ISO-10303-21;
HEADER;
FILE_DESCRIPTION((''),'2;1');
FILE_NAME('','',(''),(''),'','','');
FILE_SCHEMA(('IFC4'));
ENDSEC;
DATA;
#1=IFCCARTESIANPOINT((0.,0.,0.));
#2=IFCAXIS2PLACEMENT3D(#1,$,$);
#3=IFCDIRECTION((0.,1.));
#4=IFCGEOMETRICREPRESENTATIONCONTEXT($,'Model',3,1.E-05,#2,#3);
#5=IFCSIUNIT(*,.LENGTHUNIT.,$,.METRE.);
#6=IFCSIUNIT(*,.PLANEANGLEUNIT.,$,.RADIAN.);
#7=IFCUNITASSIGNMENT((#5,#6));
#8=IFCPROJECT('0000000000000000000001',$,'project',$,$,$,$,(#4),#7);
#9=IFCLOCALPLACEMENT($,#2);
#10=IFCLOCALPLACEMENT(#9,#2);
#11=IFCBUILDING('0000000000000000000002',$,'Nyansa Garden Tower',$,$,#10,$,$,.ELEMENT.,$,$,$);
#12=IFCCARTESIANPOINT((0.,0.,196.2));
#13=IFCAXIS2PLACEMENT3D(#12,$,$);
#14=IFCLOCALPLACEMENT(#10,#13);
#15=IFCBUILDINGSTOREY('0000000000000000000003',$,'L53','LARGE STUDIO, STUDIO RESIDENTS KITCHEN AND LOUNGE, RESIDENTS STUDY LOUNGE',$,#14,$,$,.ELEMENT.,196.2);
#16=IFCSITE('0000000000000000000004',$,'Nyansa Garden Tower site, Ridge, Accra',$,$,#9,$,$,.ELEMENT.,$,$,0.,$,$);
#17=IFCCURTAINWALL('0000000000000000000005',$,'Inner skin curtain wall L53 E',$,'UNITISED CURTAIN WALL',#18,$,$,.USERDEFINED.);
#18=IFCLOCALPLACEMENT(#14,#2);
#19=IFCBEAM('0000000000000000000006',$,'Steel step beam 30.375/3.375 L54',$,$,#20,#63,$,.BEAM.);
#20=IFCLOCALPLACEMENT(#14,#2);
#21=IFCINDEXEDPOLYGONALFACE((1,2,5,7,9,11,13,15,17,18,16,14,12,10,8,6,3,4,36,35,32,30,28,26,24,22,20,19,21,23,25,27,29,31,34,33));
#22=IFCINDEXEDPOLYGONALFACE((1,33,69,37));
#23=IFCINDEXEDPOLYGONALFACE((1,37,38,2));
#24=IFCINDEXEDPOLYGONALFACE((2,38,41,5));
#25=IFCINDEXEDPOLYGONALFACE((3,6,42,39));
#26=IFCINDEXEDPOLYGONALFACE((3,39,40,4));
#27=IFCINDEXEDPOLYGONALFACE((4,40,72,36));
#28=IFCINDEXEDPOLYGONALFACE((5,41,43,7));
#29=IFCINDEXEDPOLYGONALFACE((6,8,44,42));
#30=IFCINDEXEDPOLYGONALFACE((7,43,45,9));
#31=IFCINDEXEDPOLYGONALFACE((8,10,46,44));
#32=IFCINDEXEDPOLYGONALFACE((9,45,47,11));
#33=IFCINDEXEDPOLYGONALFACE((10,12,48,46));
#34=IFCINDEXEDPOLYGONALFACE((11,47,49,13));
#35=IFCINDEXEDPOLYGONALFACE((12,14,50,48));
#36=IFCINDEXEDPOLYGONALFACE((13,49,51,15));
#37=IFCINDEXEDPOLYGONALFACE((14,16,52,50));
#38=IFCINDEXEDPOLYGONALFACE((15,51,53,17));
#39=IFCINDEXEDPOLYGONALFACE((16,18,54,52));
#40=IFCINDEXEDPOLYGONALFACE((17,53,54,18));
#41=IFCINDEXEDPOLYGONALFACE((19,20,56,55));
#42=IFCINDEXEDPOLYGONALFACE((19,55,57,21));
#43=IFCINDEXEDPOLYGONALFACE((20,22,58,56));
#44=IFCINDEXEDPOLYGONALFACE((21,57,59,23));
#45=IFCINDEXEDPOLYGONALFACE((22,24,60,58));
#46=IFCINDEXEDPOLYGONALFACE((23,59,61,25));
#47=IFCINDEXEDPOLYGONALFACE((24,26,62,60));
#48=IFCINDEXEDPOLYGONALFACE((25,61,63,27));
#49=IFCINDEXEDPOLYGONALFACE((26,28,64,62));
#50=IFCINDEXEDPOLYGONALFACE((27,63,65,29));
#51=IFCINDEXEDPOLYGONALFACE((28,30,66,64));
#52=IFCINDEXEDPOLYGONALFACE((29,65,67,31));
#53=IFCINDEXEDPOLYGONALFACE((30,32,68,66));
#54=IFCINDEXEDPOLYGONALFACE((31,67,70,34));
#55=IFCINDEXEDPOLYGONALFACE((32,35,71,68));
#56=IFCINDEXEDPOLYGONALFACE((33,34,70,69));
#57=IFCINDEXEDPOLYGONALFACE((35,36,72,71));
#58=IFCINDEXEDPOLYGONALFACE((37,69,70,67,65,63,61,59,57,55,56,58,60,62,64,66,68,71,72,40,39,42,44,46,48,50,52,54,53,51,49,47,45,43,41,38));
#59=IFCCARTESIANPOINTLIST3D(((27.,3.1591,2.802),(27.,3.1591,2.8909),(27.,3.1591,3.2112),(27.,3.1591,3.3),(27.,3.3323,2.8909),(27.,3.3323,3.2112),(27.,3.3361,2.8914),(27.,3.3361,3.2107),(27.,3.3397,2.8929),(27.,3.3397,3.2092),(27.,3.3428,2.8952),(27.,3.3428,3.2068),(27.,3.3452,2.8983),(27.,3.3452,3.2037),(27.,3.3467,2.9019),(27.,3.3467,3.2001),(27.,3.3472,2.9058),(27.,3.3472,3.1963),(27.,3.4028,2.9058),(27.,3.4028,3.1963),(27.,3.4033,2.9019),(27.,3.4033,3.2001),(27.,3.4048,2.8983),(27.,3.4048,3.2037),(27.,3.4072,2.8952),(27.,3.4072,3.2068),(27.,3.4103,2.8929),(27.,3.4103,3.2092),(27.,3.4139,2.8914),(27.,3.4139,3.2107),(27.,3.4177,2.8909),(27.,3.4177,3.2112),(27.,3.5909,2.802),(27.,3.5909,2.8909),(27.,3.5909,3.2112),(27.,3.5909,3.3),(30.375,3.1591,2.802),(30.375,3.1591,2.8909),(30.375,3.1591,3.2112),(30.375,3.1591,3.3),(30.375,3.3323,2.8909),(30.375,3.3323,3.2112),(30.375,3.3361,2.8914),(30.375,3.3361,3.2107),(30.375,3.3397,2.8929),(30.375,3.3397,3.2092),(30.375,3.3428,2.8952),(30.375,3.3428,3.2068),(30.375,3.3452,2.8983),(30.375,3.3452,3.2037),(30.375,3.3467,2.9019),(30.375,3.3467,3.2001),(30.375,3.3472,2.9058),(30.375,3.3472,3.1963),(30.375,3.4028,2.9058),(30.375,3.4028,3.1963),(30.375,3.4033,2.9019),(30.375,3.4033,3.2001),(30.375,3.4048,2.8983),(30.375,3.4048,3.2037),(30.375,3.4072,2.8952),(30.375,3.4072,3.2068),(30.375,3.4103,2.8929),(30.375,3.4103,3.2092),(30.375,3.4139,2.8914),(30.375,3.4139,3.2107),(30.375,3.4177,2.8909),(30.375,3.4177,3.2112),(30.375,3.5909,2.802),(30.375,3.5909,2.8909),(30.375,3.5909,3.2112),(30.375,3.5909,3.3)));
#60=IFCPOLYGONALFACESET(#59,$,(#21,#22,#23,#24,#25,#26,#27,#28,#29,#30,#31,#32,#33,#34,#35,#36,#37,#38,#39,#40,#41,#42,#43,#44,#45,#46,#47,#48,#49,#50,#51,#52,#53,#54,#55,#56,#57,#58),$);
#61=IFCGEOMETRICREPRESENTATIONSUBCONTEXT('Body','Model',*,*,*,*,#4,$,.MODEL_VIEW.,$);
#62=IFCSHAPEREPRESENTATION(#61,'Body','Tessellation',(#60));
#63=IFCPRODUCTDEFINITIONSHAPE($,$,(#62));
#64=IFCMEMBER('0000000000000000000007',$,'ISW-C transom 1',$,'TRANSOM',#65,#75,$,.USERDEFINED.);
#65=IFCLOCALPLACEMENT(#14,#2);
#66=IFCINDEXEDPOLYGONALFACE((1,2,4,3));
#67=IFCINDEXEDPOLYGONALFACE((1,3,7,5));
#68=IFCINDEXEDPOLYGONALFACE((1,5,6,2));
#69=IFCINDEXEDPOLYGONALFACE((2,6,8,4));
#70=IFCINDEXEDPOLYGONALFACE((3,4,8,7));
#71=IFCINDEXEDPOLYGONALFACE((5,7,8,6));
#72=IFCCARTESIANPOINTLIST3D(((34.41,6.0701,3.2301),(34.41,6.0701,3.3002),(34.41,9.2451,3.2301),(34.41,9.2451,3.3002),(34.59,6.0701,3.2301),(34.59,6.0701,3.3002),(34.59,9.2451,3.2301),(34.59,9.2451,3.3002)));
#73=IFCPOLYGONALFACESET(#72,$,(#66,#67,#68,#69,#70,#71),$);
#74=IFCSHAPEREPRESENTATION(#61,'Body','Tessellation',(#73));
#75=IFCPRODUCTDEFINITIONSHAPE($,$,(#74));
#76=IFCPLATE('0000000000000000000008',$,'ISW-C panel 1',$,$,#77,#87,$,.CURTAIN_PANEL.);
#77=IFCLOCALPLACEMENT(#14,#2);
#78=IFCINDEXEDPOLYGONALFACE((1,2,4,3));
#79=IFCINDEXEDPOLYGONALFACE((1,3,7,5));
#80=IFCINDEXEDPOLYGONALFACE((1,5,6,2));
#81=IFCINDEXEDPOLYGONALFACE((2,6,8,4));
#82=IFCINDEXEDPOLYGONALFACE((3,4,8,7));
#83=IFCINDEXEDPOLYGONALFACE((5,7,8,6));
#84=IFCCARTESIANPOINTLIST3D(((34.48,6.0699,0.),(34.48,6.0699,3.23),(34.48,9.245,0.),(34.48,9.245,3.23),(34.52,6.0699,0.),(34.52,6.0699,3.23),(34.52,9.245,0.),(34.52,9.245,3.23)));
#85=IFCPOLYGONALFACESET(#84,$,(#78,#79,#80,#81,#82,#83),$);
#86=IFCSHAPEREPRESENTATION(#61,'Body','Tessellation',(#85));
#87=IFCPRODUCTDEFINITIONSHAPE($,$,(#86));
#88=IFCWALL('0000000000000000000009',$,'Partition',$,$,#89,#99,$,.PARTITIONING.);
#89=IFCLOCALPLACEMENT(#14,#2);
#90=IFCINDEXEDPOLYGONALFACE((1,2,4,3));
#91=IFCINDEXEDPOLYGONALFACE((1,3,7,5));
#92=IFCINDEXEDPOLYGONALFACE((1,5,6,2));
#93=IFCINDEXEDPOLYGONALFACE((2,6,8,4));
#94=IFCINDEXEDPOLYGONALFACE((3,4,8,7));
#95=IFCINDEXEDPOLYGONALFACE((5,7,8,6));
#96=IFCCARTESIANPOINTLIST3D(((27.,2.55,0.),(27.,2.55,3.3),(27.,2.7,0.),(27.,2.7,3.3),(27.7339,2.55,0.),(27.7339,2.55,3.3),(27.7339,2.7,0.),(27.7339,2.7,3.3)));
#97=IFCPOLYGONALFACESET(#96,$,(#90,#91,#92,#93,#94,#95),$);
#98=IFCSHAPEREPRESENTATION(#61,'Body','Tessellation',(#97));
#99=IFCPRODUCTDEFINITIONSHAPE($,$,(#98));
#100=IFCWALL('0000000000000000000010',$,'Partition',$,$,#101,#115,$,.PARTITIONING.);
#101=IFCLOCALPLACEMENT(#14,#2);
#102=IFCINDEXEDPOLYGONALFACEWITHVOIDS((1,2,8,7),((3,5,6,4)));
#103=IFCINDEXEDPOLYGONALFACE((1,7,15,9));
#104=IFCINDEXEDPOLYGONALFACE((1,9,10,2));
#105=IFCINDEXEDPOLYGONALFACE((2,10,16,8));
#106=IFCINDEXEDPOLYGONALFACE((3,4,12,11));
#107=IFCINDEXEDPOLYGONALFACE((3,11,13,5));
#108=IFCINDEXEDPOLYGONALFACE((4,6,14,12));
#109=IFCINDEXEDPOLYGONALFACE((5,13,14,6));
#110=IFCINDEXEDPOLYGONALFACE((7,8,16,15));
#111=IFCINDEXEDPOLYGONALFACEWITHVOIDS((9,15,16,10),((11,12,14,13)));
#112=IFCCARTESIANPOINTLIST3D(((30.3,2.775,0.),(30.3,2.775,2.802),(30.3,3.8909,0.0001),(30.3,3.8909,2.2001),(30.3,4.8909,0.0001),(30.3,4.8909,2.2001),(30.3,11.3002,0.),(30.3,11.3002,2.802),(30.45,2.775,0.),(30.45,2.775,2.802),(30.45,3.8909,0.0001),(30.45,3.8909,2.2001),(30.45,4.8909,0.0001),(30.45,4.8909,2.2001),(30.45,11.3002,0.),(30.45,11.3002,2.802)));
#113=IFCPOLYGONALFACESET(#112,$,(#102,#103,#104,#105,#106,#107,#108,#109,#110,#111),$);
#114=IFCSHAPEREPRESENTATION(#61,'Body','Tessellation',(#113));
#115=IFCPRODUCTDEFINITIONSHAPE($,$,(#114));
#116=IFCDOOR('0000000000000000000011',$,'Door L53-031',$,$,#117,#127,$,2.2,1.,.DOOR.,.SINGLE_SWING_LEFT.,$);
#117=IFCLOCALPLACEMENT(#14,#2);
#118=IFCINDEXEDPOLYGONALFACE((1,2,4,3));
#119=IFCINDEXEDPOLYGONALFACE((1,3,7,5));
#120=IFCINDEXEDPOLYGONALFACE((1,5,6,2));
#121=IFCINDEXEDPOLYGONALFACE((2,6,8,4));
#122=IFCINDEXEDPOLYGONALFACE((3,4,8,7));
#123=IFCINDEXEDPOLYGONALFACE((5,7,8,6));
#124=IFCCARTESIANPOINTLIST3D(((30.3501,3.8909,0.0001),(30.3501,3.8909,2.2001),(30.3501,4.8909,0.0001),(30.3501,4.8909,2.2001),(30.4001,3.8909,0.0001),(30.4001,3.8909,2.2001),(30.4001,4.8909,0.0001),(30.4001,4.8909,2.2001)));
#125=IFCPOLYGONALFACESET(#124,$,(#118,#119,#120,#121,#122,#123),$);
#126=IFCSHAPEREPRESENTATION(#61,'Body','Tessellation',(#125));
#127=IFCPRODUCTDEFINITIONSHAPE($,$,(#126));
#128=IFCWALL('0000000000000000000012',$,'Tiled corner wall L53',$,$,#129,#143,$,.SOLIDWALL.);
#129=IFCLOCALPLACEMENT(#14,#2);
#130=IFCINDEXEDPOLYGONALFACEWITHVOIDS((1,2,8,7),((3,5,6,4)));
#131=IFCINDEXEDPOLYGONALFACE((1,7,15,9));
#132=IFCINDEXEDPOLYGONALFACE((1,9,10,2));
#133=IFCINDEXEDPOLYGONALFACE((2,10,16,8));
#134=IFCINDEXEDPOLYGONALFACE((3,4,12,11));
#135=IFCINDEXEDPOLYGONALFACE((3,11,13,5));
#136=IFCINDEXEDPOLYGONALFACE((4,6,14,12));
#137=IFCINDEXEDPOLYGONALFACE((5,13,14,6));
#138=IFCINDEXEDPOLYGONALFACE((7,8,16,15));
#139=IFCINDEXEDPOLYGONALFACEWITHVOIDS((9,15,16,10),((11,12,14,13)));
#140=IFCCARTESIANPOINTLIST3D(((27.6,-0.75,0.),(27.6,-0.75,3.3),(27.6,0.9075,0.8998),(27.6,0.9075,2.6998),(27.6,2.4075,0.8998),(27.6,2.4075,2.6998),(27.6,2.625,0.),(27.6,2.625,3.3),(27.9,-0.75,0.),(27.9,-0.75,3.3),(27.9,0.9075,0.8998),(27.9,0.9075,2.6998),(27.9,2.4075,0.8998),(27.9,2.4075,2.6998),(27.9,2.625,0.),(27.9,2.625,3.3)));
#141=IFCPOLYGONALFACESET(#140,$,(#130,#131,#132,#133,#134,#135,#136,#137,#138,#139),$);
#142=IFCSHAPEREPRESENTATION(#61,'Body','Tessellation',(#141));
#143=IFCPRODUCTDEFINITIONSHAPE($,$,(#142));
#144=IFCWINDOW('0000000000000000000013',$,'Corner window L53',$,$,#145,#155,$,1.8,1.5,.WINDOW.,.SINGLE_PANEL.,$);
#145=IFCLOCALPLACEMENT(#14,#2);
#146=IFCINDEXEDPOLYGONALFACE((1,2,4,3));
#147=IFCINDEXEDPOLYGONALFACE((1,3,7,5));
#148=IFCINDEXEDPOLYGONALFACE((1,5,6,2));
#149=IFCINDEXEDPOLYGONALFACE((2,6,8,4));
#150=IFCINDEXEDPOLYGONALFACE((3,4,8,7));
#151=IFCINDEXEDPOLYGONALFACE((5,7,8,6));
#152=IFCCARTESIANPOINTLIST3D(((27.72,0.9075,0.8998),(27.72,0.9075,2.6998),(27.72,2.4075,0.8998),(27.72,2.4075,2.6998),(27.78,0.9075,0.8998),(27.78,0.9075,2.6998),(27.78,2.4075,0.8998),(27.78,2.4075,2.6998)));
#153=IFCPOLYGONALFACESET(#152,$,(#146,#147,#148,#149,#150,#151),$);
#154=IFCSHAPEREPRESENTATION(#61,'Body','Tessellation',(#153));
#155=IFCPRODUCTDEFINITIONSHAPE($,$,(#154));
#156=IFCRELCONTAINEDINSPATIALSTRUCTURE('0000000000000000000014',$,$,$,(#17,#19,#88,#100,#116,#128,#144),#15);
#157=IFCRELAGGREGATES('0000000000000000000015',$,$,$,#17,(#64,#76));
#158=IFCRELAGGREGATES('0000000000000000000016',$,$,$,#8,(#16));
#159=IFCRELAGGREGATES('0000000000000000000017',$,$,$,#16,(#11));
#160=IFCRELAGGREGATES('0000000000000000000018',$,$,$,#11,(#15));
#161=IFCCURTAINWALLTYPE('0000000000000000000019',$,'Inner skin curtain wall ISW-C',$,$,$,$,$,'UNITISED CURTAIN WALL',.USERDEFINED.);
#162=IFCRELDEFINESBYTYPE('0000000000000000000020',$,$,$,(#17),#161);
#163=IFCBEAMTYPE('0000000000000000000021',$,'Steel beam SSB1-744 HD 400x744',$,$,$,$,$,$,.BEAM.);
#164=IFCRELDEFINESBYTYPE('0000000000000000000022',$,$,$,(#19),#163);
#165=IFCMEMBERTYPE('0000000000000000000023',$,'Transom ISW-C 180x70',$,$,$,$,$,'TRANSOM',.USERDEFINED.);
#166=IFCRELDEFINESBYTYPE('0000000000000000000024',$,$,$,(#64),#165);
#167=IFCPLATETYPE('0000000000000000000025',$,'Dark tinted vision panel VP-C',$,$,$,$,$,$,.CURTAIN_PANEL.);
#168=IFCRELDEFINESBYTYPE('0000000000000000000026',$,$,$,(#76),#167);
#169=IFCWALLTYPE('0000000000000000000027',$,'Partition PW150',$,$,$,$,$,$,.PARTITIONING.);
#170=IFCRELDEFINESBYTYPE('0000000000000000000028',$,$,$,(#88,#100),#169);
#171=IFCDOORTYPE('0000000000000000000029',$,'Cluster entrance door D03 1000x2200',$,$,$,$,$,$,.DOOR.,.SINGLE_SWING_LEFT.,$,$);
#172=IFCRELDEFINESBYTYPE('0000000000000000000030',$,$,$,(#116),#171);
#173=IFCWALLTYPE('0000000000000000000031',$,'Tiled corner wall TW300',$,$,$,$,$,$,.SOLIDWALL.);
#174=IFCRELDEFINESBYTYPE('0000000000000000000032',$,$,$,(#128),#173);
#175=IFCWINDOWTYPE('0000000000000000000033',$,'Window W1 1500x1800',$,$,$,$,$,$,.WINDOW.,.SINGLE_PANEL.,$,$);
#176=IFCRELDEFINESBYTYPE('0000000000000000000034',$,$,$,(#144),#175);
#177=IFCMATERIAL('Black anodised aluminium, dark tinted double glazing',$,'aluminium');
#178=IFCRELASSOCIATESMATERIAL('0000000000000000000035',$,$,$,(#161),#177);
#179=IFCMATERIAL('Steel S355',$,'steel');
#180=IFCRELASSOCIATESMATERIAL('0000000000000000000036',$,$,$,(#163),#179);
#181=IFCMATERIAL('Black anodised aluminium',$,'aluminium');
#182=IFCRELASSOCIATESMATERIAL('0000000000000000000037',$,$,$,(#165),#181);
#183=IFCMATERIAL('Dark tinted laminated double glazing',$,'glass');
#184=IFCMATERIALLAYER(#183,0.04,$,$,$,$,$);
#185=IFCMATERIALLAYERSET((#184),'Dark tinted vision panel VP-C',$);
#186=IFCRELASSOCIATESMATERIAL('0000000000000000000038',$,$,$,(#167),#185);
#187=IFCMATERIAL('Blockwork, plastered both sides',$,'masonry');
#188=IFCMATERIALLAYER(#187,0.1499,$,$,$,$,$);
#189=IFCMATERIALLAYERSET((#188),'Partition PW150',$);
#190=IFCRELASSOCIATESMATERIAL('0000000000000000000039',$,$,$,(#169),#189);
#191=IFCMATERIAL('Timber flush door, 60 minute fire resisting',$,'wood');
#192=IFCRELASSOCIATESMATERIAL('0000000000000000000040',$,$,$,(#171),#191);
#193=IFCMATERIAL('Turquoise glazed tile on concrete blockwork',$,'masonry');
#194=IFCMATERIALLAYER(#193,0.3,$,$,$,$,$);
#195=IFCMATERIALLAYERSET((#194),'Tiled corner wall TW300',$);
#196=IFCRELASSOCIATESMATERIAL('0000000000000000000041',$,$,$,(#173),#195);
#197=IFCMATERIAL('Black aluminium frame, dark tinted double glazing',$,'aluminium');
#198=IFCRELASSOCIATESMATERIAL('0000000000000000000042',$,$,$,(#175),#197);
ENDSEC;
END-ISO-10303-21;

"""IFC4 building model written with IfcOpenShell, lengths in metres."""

from ifc_helpers import new_model, si_unit, direction, frame, frame_2d, origin, origin_2d, place, context, subcontext, project, spatial, rectangle, i_section, extrude, material, layer, layer_set, material_profile, profile_set, type_object, element, fill, aggregate, save


model = new_model("IFC4")

# Units and contexts
model_context = context("Model", 3, precision=1e-05, world=origin(), true_north=direction((0.0, 1.0)))
body_context = subcontext(model_context, "Body", "Model", "MODEL_VIEW")
ifc_project = project(units=[si_unit("LENGTHUNIT", "METRE"), si_unit("PLANEANGLEUNIT", "RADIAN")], contexts=[model_context])

# Site, building, storey
site_placement = place(None, origin())
site = spatial("IfcSite", under=ifc_project, at=site_placement, Name="Nyansa Garden Tower site, Ridge, Accra", CompositionType="ELEMENT", RefElevation=0.0)
building_placement = place(site_placement, origin())
building = spatial("IfcBuilding", under=site, at=building_placement, Name="Nyansa Garden Tower", CompositionType="ELEMENT")
storey_placement = place(building_placement, frame((0.0, 0.0, 196.2)))
storey = spatial("IfcBuildingStorey", under=building, at=storey_placement, Name="L53", Description="LARGE STUDIO, STUDIO RESIDENTS KITCHEN AND LOUNGE, RESIDENTS STUDY LOUNGE", CompositionType="ELEMENT", Elevation=196.2)

# Curtain wall
ifc_material_1 = material(Name="Black anodised aluminium, dark tinted double glazing", Category="aluminium")
curtain_wall_type = type_object("IfcCurtainWallType", Name="Inner skin curtain wall ISW-C", ElementType="UNITISED CURTAIN WALL", PredefinedType="USERDEFINED", material=ifc_material_1)
curtain_wall_placement = place(storey_placement, origin())
curtain_wall = element("IfcCurtainWall", 1, at=curtain_wall_placement, inside=storey, type_object=curtain_wall_type, Name="Inner skin curtain wall L53 E", ObjectType="UNITISED CURTAIN WALL", PredefinedType="USERDEFINED")

# Beam
ifc_material_2 = material(Name="Steel S355", Category="steel")
ifc_material_profile_1 = material_profile(ifc_material_2, i_section(OverallWidth=0.4319, OverallDepth=0.498, WebThickness=0.0557, FlangeThickness=0.0889, FilletRadius=0.0149, at=origin_2d()), Name="HD 400x744")
ifc_profile_set_1 = profile_set([ifc_material_profile_1], Name="Steel S355")
beam_type_1 = type_object("IfcBeamType", Name="Steel beam SSB1-744 HD 400x744", PredefinedType="BEAM", material=ifc_profile_set_1)
for number, where, z_axis, x_axis, name in (
    (2, (30.375, 3.375, 3.051), (-1.0, 0.0, 0.0), (0.0, -1.0, 0.0), "Steel step beam 30.375/3.375 L54"),
):
    element("IfcBeam", number, at=place(storey_placement, frame(where, z_axis=z_axis, x_axis=x_axis)), inside=storey, type_object=beam_type_1, Name=name, PredefinedType="BEAM", context=body_context, shape_type="SweptSolid", body=[
        extrude(i_section(OverallWidth=0.4319, OverallDepth=0.498, WebThickness=0.0557, FlangeThickness=0.0889, FilletRadius=0.0149, at=origin_2d()), origin(), (0.0, 0.0, 1.0), 3.375),
    ])

# Member
ifc_material_3 = material(Name="Black anodised aluminium", Category="aluminium")
ifc_material_profile_2 = material_profile(ifc_material_3, rectangle(XDim=0.1799, YDim=0.0701, at=origin_2d()), Name="Transom 180x70")
ifc_profile_set_2 = profile_set([ifc_material_profile_2], Name="Black anodised aluminium")
member_type_1 = type_object("IfcMemberType", Name="Transom ISW-C 180x70", ElementType="TRANSOM", PredefinedType="USERDEFINED", material=ifc_profile_set_2)
member_1_placement = place(storey_placement, frame((34.5, 6.0701, 3.2651), z_axis=(0.0, 1.0, 0.0), x_axis=(-1.0, 0.0, 0.0)))
member_1 = element("IfcMember", 3, at=member_1_placement, type_object=member_type_1, Name="ISW-C transom 1", ObjectType="TRANSOM", PredefinedType="USERDEFINED", context=body_context, shape_type="SweptSolid", body=[
    extrude(rectangle(XDim=0.1799, YDim=0.0701, at=origin_2d()), origin(), (0.0, 0.0, 1.0), 3.175),
])

# Plate
ifc_material_4 = material(Name="Dark tinted laminated double glazing", Category="glass")
ifc_layer_1 = layer(ifc_material_4, 0.04)
ifc_layer_set_1 = layer_set([ifc_layer_1], Name="Dark tinted vision panel VP-C")
plate_type = type_object("IfcPlateType", Name="Dark tinted vision panel VP-C", PredefinedType="CURTAIN_PANEL", material=ifc_layer_set_1)
plate_placement = place(storey_placement, frame((34.5, 7.6575, 0.0), z_axis=(0.0, 0.0, 1.0), x_axis=(0.0, 1.0, 0.0)))
plate = element("IfcPlate", 4, at=plate_placement, type_object=plate_type, Name="ISW-C panel 1", PredefinedType="CURTAIN_PANEL", context=body_context, shape_type="SweptSolid", body=[
    extrude(rectangle(XDim=3.175, YDim=0.04, at=origin_2d()), origin(), (0.0, 0.0, 1.0), 3.23),
])
aggregate(curtain_wall, [member_1, plate])

# Wall
ifc_material_5 = material(Name="Blockwork, plastered both sides", Category="masonry")
ifc_layer_2 = layer(ifc_material_5, 0.1499)
ifc_layer_set_2 = layer_set([ifc_layer_2], Name="Partition PW150")
wall_type_1 = type_object("IfcWallType", Name="Partition PW150", PredefinedType="PARTITIONING", material=ifc_layer_set_2)
wall_1_placement = place(storey_placement, frame((27.0, 2.625, 0.0), z_axis=(0.0, 0.0, 1.0), x_axis=(1.0, 0.0, 0.0)))
element("IfcWall", 5, at=wall_1_placement, inside=storey, type_object=wall_type_1, Name="Partition", PredefinedType="PARTITIONING", context=body_context, shape_type="SweptSolid", body=[
    extrude(rectangle(XDim=0.7339, YDim=0.1499, at=frame_2d((0.3669, 0.0))), origin(), (0.0, 0.0, 1.0), 3.3),
])

# Wall, opening, door
wall_2_placement = place(storey_placement, frame((30.375, 2.7749, 0.0), z_axis=(0.0, 0.0, 1.0), x_axis=(0.0, 1.0, 0.0)))
wall_2 = element("IfcWall", 6, at=wall_2_placement, inside=storey, type_object=wall_type_1, Name="Partition", PredefinedType="PARTITIONING", context=body_context, shape_type="SweptSolid", body=[
    extrude(rectangle(XDim=8.5251, YDim=0.1499, at=frame_2d((4.2627, 0.0))), origin(), (0.0, 0.0, 1.0), 2.802),
])
opening_1_placement = place(wall_2_placement, frame((1.116, 0.0, 0.0)))
opening_1 = element("IfcOpeningElement", 7, at=opening_1_placement, cuts=wall_2, PredefinedType="OPENING", context=body_context, shape_type="SweptSolid", body=[
    extrude(rectangle(XDim=1.0, YDim=2.2, at=frame_2d((0.5, 1.1001))), frame((0.0, 0.085, 0.0), z_axis=(0.0, -1.0, 0.0), x_axis=(1.0, 0.0, 0.0)), (0.0, 0.0, 1.0), 0.1699),
])
ifc_material_6 = material(Name="Timber flush door, 60 minute fire resisting", Category="wood")
door_type = type_object("IfcDoorType", Name="Cluster entrance door D03 1000x2200", OperationType="SINGLE_SWING_LEFT", PredefinedType="DOOR", material=ifc_material_6)
door_placement = place(opening_1_placement, origin())
door = element("IfcDoor", 8, at=door_placement, inside=storey, type_object=door_type, Name="Door L53-031", OperationType="SINGLE_SWING_LEFT", OverallHeight=2.2, OverallWidth=1.0, PredefinedType="DOOR", context=body_context, shape_type="SweptSolid", body=[
    extrude(rectangle(XDim=1.0, YDim=2.2, at=frame_2d((0.5, 1.1001))), frame((0.0, 0.0249, 0.0), z_axis=(0.0, -1.0, 0.0), x_axis=(1.0, 0.0, 0.0)), (0.0, 0.0, 1.0), 0.05),
])
fill(opening_1, door)

# Wall, opening, window
ifc_material_7 = material(Name="Turquoise glazed tile on concrete blockwork", Category="masonry")
ifc_layer_3 = layer(ifc_material_7, 0.3)
ifc_layer_set_3 = layer_set([ifc_layer_3], Name="Tiled corner wall TW300")
wall_type_2 = type_object("IfcWallType", Name="Tiled corner wall TW300", PredefinedType="SOLIDWALL", material=ifc_layer_set_3)
wall_3_placement = place(storey_placement, frame((27.75, -0.75, 0.0), z_axis=(0.0, 0.0, 1.0), x_axis=(0.0, 1.0, 0.0)))
wall_3 = element("IfcWall", 9, at=wall_3_placement, inside=storey, type_object=wall_type_2, Name="Tiled corner wall L53", PredefinedType="SOLIDWALL", context=body_context, shape_type="SweptSolid", body=[
    extrude(rectangle(XDim=3.375, YDim=0.3, at=frame_2d((1.6875, 0.0))), origin(), (0.0, 0.0, 1.0), 3.3),
])
opening_2_placement = place(wall_3_placement, frame((1.6575, 0.0, 0.8999)))
opening_2 = element("IfcOpeningElement", 10, at=opening_2_placement, cuts=wall_3, PredefinedType="OPENING", context=body_context, shape_type="SweptSolid", body=[
    extrude(rectangle(XDim=1.5, YDim=1.8, at=frame_2d((0.75, 0.8999))), frame((0.0, 0.1599, 0.0), z_axis=(0.0, -1.0, 0.0), x_axis=(1.0, 0.0, 0.0)), (0.0, 0.0, 1.0), 0.3201),
])
ifc_material_8 = material(Name="Black aluminium frame, dark tinted double glazing", Category="aluminium")
window_type_1 = type_object("IfcWindowType", Name="Window W1 1500x1800", PartitioningType="SINGLE_PANEL", PredefinedType="WINDOW", material=ifc_material_8)
window_1_placement = place(opening_2_placement, origin())
window_1 = element("IfcWindow", 11, at=window_1_placement, inside=storey, type_object=window_type_1, Name="Corner window L53", OverallHeight=1.8, OverallWidth=1.5, PartitioningType="SINGLE_PANEL", PredefinedType="WINDOW", context=body_context, shape_type="SweptSolid", body=[
    extrude(rectangle(XDim=1.5, YDim=1.8, at=frame_2d((0.75, 0.8999))), frame((0.0, 0.03, 0.0), z_axis=(0.0, -1.0, 0.0), x_axis=(1.0, 0.0, 0.0)), (0.0, 0.0, 1.0), 0.0601),
])
fill(opening_2, window_1)

save(model, "model.ifc")
